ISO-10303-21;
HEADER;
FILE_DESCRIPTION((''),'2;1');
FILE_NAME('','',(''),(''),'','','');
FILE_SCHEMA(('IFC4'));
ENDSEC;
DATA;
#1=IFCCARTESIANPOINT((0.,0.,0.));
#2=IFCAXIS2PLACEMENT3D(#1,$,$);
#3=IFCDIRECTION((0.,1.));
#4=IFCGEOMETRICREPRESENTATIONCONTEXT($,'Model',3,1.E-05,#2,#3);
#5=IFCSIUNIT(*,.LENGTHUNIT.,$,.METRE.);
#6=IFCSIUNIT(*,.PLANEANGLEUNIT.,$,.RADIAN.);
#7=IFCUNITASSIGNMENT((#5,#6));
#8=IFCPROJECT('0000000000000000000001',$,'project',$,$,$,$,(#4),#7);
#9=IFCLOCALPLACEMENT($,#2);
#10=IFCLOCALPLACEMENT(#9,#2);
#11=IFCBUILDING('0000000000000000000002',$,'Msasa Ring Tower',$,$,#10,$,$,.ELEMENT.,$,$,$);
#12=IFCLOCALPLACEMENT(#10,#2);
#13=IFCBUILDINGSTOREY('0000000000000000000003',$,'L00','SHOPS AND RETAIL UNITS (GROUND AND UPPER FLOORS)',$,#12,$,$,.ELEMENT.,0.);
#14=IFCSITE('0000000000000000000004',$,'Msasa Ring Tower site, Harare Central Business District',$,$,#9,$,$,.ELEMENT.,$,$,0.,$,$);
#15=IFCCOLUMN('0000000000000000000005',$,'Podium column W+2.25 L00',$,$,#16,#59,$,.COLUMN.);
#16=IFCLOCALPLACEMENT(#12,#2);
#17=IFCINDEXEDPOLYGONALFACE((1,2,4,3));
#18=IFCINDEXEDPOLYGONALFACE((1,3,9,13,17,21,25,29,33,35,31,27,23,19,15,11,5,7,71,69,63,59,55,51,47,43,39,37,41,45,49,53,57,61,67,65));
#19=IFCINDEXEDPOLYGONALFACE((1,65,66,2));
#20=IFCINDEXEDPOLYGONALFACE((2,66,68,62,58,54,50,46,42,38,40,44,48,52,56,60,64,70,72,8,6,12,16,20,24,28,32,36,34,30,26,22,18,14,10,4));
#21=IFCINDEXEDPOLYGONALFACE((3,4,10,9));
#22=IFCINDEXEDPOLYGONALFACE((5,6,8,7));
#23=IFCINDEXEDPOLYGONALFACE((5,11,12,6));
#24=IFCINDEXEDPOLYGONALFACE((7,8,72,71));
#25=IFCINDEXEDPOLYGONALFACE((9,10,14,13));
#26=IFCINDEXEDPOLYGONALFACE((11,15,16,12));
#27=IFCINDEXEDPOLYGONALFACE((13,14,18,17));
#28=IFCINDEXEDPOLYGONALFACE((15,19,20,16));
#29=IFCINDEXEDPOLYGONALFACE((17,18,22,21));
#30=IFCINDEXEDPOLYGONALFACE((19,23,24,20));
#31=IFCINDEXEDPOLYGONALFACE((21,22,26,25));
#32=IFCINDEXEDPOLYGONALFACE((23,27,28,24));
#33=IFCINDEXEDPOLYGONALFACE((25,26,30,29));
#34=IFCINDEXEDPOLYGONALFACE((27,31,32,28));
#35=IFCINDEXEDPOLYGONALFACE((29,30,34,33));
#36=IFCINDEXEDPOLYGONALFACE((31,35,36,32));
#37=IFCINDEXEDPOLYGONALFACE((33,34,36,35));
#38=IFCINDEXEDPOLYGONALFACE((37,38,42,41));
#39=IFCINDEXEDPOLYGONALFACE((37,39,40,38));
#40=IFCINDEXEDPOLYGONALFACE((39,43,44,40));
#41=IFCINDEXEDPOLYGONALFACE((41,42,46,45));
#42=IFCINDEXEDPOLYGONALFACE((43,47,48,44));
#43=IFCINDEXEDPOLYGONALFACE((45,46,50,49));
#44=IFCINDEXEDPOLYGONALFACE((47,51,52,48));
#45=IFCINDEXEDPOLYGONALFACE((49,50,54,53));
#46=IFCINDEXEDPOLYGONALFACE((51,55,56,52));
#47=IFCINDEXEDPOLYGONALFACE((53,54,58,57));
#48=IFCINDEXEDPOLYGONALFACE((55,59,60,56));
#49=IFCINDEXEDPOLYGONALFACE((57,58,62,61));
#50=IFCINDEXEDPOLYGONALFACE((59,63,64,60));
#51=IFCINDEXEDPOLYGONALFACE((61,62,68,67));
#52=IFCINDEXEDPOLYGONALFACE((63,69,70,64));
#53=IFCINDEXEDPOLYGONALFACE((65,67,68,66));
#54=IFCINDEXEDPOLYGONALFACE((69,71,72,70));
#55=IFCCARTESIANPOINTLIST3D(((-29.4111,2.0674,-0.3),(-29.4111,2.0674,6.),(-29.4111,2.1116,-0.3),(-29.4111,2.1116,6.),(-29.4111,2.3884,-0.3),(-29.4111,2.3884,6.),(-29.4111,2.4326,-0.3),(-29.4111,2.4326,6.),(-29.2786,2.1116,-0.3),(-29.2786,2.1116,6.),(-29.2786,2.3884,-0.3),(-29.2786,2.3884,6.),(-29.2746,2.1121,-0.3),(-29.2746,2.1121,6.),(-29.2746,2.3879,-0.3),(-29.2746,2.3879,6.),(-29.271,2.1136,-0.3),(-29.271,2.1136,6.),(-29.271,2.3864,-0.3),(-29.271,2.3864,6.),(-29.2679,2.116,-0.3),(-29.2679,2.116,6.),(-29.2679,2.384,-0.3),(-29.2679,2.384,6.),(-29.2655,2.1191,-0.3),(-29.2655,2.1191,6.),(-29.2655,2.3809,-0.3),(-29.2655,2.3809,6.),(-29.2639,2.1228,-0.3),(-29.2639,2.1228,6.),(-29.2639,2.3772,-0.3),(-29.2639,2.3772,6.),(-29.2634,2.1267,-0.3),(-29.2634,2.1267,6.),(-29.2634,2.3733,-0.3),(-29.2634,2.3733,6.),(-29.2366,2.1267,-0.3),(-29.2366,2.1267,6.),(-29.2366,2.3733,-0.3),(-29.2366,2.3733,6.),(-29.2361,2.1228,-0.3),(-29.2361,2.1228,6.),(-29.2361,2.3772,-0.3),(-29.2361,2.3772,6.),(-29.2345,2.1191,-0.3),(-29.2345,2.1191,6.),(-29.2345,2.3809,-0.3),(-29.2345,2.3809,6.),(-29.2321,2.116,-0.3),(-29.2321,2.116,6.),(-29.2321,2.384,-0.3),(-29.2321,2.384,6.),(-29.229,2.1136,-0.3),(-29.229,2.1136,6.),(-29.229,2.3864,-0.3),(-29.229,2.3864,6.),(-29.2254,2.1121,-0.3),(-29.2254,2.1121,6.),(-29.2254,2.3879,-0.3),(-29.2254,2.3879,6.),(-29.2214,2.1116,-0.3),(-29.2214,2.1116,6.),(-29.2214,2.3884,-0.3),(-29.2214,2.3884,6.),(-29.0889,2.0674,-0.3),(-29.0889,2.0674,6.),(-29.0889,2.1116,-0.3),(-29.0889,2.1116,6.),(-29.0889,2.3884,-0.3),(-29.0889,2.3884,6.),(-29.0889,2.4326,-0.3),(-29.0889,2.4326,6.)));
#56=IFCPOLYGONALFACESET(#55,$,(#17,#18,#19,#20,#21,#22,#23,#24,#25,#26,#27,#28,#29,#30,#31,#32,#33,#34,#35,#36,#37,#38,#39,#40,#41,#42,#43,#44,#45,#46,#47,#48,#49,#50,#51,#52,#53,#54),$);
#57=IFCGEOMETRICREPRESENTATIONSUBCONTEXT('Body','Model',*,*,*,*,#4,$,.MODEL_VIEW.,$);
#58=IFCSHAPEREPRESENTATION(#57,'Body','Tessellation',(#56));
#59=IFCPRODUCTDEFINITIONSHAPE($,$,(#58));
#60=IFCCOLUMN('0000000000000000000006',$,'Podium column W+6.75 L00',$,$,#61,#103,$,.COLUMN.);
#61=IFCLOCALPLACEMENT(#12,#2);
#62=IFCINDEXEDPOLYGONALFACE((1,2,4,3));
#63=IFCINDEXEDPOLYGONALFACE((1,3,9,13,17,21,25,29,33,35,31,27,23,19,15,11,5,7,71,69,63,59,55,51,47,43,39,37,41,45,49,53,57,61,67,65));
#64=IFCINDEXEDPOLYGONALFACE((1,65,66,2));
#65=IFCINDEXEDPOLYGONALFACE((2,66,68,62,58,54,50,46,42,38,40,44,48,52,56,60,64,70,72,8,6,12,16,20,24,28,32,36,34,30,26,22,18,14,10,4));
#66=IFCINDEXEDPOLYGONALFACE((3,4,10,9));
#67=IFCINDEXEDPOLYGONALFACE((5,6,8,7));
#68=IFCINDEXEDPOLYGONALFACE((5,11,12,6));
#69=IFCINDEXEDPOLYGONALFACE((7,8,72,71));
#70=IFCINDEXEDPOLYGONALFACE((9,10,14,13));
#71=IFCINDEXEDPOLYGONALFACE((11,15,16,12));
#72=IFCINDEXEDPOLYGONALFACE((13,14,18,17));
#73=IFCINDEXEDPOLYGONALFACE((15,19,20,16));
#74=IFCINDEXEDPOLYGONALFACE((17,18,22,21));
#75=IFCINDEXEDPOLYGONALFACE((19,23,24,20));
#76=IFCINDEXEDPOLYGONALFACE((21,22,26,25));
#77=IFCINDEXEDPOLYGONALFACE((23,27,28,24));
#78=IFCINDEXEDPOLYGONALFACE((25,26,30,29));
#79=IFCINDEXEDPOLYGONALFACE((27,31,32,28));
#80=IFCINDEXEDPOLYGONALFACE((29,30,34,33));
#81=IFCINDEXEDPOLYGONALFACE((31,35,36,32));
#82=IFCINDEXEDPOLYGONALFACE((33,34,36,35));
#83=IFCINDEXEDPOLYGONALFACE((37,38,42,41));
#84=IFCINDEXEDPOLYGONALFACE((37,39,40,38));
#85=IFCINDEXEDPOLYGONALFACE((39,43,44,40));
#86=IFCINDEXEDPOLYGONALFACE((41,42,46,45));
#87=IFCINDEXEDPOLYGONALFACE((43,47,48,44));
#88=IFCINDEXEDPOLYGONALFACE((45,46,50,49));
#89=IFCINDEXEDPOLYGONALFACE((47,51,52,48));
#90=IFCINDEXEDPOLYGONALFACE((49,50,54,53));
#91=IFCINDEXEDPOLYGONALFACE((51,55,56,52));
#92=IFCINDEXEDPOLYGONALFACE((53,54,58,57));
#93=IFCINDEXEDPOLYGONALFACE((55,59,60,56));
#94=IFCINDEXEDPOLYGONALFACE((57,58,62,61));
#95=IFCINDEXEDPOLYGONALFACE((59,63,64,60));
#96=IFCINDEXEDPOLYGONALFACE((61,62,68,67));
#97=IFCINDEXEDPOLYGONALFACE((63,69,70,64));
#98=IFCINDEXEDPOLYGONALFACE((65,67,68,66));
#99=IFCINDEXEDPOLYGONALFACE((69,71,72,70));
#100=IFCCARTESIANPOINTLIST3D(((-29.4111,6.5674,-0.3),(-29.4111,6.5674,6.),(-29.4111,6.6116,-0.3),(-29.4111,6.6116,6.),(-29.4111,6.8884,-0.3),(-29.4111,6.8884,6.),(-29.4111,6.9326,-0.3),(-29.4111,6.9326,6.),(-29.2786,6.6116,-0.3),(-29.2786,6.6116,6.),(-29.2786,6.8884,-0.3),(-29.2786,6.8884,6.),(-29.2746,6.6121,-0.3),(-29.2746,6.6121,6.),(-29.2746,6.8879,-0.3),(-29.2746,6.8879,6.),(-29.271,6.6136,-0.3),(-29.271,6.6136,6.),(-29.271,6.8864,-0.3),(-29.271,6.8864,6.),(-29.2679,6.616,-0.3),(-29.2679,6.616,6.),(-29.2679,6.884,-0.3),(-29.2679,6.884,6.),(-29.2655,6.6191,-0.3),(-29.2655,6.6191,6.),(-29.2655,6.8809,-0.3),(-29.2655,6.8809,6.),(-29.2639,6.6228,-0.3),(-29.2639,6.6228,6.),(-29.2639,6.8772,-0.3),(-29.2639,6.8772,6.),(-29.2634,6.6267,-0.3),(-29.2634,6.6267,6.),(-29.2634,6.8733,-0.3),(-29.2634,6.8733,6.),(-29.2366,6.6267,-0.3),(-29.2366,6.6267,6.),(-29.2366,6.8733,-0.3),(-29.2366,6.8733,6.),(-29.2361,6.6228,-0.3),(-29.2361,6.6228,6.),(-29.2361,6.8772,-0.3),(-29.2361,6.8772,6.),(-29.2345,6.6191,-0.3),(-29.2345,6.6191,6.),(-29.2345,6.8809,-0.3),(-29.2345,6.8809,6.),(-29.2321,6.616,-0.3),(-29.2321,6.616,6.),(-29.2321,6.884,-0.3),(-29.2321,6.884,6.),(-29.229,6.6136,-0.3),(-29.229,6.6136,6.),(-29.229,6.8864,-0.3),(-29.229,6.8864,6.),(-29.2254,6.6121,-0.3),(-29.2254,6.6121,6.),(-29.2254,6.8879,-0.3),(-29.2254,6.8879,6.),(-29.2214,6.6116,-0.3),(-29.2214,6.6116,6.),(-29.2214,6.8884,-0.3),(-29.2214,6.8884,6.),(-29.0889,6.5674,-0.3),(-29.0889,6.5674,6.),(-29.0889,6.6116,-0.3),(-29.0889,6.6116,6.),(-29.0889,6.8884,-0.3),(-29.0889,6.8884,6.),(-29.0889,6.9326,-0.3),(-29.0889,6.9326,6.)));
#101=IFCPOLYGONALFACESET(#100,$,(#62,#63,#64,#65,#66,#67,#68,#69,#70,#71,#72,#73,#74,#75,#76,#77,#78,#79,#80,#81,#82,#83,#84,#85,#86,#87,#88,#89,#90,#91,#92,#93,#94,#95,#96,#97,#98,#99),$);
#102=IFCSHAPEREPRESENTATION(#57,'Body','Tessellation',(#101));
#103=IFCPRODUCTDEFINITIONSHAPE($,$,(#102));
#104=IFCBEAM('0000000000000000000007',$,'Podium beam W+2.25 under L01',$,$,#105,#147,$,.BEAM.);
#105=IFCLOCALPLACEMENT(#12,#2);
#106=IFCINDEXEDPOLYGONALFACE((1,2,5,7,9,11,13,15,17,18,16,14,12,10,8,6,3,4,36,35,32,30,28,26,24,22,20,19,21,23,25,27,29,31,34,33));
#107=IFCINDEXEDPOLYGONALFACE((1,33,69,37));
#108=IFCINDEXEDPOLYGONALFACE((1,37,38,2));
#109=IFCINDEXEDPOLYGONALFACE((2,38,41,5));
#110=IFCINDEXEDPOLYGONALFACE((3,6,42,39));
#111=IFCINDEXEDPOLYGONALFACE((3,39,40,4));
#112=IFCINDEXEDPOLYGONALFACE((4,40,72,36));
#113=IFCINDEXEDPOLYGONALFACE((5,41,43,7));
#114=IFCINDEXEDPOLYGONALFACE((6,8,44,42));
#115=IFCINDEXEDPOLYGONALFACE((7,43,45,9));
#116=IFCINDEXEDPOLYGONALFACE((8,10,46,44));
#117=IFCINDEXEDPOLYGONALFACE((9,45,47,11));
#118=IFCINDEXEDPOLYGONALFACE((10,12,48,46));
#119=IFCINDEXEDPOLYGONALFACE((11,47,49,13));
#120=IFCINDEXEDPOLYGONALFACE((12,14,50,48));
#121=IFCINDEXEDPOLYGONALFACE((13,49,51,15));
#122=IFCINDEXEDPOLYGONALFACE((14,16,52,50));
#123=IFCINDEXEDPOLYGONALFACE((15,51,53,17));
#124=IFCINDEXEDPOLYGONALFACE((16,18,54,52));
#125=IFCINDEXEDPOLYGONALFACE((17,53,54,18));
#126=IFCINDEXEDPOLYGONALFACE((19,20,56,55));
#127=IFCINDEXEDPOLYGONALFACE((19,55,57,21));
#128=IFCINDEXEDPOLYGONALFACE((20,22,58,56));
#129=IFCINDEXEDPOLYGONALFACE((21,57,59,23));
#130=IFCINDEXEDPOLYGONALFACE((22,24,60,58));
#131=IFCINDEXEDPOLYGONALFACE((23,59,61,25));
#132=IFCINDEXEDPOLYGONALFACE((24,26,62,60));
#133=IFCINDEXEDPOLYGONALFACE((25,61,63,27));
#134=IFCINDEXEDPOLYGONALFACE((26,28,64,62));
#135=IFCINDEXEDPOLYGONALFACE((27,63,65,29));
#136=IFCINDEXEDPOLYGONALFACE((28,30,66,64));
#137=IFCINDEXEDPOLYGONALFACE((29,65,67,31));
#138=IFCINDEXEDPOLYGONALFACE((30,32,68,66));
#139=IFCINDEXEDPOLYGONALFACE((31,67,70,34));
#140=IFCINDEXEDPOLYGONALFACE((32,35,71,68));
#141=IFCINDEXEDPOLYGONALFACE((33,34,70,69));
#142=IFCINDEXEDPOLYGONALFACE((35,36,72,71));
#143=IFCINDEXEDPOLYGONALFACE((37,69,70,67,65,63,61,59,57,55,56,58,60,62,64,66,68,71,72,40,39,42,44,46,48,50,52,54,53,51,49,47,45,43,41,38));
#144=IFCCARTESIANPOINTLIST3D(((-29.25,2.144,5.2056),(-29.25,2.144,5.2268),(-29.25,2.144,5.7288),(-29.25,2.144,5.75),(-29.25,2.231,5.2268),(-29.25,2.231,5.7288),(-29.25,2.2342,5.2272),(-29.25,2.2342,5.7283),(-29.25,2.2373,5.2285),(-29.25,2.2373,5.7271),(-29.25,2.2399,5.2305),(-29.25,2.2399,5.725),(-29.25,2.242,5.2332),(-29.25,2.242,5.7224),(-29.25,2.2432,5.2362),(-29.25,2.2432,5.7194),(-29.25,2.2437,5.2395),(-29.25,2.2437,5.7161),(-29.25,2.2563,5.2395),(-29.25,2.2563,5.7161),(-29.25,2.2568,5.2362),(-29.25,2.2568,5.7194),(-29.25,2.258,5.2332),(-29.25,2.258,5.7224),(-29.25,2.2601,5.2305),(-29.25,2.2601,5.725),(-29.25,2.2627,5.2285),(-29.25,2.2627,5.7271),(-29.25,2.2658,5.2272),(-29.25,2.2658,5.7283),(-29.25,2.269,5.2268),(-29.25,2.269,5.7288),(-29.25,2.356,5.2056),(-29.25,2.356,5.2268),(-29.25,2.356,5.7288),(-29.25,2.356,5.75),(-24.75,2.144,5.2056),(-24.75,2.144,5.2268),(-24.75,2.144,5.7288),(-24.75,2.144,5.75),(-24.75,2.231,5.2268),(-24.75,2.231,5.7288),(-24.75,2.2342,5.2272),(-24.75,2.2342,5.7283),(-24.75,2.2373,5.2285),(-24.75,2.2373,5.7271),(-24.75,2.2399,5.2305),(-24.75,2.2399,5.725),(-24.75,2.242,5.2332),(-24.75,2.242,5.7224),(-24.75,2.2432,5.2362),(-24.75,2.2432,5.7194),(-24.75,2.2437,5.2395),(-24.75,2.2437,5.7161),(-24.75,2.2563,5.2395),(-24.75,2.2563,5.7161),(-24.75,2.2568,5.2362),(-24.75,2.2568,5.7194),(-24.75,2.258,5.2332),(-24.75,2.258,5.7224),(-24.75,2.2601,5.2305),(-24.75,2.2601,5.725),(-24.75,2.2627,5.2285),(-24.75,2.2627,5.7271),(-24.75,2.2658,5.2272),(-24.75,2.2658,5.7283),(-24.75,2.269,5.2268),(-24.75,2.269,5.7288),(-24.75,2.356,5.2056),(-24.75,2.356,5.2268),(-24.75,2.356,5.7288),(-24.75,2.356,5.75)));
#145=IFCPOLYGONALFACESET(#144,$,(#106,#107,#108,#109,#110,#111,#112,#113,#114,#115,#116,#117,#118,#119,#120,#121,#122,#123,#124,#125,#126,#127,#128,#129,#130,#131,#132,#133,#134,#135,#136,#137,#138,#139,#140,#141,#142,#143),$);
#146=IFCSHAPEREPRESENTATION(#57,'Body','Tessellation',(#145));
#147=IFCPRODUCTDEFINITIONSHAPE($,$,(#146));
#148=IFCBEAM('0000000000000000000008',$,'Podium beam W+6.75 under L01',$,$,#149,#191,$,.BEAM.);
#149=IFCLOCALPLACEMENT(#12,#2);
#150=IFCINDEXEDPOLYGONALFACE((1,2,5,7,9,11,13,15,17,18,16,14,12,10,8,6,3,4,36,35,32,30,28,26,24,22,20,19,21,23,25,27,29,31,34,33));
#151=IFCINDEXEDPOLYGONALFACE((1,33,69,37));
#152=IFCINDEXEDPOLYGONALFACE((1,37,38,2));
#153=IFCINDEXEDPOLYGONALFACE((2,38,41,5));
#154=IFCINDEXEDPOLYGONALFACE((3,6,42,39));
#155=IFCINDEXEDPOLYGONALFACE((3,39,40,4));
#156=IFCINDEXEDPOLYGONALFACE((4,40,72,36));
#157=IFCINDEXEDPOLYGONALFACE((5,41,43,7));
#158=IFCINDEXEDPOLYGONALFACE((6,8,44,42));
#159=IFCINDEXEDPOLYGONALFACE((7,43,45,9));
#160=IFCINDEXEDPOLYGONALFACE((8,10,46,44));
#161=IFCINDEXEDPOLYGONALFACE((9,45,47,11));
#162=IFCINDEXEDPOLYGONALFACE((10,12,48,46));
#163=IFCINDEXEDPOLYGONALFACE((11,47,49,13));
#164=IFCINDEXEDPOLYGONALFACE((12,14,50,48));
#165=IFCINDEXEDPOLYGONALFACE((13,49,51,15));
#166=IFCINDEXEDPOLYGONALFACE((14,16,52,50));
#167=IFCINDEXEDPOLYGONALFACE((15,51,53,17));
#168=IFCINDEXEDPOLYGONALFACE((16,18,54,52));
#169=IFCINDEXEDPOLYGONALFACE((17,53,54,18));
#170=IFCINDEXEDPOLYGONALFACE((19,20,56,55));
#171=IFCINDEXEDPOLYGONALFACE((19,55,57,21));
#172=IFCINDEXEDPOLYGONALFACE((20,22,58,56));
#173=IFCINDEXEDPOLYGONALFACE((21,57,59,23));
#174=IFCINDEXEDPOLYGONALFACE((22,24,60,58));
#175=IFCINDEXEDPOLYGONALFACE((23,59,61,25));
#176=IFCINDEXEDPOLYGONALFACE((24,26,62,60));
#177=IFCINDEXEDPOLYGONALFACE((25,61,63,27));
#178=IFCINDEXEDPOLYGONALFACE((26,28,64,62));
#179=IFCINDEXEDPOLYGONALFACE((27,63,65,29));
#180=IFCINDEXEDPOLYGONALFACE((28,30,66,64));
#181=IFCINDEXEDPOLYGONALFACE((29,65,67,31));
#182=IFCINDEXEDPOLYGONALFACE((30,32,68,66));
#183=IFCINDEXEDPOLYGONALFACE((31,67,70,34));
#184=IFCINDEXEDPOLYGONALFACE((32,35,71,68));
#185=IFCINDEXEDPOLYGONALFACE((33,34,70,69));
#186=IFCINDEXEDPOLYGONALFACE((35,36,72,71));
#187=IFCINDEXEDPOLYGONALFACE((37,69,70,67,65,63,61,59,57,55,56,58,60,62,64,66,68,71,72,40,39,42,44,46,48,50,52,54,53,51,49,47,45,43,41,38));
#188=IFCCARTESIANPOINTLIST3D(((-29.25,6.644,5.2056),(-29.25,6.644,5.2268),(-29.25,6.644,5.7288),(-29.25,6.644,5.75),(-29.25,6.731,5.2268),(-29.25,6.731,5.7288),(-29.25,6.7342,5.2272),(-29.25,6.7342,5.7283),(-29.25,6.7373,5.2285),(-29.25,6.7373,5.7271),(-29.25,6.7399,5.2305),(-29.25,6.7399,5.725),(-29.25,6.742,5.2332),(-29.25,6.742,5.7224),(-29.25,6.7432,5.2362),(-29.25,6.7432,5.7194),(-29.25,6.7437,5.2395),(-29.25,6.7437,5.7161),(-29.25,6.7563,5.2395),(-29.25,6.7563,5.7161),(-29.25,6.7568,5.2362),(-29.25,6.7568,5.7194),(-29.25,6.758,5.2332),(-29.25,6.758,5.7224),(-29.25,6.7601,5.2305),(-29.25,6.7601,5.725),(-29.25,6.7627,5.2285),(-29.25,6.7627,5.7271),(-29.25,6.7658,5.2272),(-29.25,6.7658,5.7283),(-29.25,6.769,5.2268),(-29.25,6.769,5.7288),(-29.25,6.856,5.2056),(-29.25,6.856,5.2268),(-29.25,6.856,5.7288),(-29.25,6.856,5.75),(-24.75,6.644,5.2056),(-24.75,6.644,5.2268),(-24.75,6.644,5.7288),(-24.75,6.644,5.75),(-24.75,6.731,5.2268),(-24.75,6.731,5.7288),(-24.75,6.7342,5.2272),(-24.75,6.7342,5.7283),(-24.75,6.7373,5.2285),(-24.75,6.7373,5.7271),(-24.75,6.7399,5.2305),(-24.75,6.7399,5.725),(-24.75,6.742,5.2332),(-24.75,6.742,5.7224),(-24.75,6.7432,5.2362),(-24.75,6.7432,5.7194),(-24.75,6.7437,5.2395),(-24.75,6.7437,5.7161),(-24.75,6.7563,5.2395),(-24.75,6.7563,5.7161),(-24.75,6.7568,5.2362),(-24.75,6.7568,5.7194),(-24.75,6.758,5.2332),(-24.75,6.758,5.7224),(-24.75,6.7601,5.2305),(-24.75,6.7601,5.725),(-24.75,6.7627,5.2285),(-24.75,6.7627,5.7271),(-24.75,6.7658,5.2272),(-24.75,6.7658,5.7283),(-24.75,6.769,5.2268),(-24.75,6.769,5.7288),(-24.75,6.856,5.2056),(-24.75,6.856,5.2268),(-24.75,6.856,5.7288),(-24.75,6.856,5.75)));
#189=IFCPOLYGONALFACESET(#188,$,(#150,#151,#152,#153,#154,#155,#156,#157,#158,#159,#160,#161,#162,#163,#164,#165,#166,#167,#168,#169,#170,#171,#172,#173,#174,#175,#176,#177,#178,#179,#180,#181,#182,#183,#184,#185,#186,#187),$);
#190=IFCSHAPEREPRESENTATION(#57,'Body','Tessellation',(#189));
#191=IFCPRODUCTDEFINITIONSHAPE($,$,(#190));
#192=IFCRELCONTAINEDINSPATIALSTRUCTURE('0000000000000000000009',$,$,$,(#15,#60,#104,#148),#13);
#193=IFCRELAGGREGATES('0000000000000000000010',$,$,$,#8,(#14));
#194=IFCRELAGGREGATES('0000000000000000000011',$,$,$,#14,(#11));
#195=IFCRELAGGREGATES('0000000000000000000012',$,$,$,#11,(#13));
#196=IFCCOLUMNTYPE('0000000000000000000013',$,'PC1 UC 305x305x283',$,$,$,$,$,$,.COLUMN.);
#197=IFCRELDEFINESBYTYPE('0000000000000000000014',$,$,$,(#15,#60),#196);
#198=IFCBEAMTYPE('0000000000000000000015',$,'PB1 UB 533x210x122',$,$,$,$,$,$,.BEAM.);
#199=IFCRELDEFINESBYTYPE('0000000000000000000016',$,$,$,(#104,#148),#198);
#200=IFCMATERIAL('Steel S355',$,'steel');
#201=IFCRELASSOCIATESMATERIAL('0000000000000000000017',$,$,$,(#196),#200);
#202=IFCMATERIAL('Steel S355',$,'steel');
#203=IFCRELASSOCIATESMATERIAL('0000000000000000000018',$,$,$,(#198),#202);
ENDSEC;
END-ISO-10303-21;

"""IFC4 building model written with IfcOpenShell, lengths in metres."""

from ifc_helpers import new_model, si_unit, direction, frame, origin, origin_2d, place, context, subcontext, project, spatial, i_section, extrude, material, material_profile, profile_set, type_object, element, save


model = new_model("IFC4")

# Units and contexts
model_context = context("Model", 3, precision=1e-05, world=origin(), true_north=direction((0.0, 1.0)))
body_context = subcontext(model_context, "Body", "Model", "MODEL_VIEW")
ifc_project = project(units=[si_unit("LENGTHUNIT", "METRE"), si_unit("PLANEANGLEUNIT", "RADIAN")], contexts=[model_context])

# Site, building, storey
site_placement = place(None, origin())
site = spatial("IfcSite", under=ifc_project, at=site_placement, Name="Msasa Ring Tower site, Harare Central Business District", CompositionType="ELEMENT", RefElevation=0.0)
building_placement = place(site_placement, origin())
building = spatial("IfcBuilding", under=site, at=building_placement, Name="Msasa Ring Tower", CompositionType="ELEMENT")
storey_placement = place(building_placement, origin())
storey = spatial("IfcBuildingStorey", under=building, at=storey_placement, Name="L00", Description="SHOPS AND RETAIL UNITS (GROUND AND UPPER FLOORS)", CompositionType="ELEMENT", Elevation=0.0)

# Columns
ifc_material_1 = material(Name="Steel S355", Category="steel")
ifc_material_profile_1 = material_profile(ifc_material_1, i_section(OverallWidth=0.3223, OverallDepth=0.3652, WebThickness=0.0269, FlangeThickness=0.0442, FilletRadius=0.0151, at=origin_2d()), Name="UC 305x305x283")
ifc_profile_set_1 = profile_set([ifc_material_profile_1], Name="Steel S355")
column_type = type_object("IfcColumnType", Name="PC1 UC 305x305x283", PredefinedType="COLUMN", material=ifc_profile_set_1)
for number, where, z_axis, x_axis, name in (
    (1, (-29.25, 2.25, -0.3), (0.0, 0.0, 1.0), (1.0, 0.0, 0.0), "Podium column W+2.25 L00"),
    (2, (-29.25, 6.75, -0.3), (0.0, 0.0, 1.0), (1.0, 0.0, 0.0), "Podium column W+6.75 L00"),
):
    element("IfcColumn", number, at=place(storey_placement, frame(where, z_axis=z_axis, x_axis=x_axis)), inside=storey, type_object=column_type, Name=name, PredefinedType="COLUMN", context=body_context, shape_type="SweptSolid", body=[
        extrude(i_section(OverallWidth=0.3223, OverallDepth=0.3652, WebThickness=0.0269, FlangeThickness=0.0442, FilletRadius=0.0151, at=origin_2d()), origin(), (0.0, 0.0, 1.0), 6.3),
    ])

# Beams
ifc_material_2 = material(Name="Steel S355", Category="steel")
ifc_material_profile_2 = material_profile(ifc_material_2, i_section(OverallWidth=0.2119, OverallDepth=0.5444, WebThickness=0.0127, FlangeThickness=0.0212, FilletRadius=0.0127, at=origin_2d()), Name="UB 533x210x122")
ifc_profile_set_2 = profile_set([ifc_material_profile_2], Name="Steel S355")
beam_type_1 = type_object("IfcBeamType", Name="PB1 UB 533x210x122", PredefinedType="BEAM", material=ifc_profile_set_2)
for number, where, z_axis, x_axis, name in (
    (3, (-29.25, 2.25, 5.4778), (1.0, 0.0, 0.0), (0.0, 1.0, 0.0), "Podium beam W+2.25 under L01"),
    (4, (-29.25, 6.75, 5.4778), (1.0, 0.0, 0.0), (0.0, 1.0, 0.0), "Podium beam W+6.75 under L01"),
):
    element("IfcBeam", number, at=place(storey_placement, frame(where, z_axis=z_axis, x_axis=x_axis)), inside=storey, type_object=beam_type_1, Name=name, PredefinedType="BEAM", context=body_context, shape_type="SweptSolid", body=[
        extrude(i_section(OverallWidth=0.2119, OverallDepth=0.5444, WebThickness=0.0127, FlangeThickness=0.0212, FilletRadius=0.0127, at=origin_2d()), origin(), (0.0, 0.0, 1.0), 4.5),
    ])

save(model, "model.ifc")
